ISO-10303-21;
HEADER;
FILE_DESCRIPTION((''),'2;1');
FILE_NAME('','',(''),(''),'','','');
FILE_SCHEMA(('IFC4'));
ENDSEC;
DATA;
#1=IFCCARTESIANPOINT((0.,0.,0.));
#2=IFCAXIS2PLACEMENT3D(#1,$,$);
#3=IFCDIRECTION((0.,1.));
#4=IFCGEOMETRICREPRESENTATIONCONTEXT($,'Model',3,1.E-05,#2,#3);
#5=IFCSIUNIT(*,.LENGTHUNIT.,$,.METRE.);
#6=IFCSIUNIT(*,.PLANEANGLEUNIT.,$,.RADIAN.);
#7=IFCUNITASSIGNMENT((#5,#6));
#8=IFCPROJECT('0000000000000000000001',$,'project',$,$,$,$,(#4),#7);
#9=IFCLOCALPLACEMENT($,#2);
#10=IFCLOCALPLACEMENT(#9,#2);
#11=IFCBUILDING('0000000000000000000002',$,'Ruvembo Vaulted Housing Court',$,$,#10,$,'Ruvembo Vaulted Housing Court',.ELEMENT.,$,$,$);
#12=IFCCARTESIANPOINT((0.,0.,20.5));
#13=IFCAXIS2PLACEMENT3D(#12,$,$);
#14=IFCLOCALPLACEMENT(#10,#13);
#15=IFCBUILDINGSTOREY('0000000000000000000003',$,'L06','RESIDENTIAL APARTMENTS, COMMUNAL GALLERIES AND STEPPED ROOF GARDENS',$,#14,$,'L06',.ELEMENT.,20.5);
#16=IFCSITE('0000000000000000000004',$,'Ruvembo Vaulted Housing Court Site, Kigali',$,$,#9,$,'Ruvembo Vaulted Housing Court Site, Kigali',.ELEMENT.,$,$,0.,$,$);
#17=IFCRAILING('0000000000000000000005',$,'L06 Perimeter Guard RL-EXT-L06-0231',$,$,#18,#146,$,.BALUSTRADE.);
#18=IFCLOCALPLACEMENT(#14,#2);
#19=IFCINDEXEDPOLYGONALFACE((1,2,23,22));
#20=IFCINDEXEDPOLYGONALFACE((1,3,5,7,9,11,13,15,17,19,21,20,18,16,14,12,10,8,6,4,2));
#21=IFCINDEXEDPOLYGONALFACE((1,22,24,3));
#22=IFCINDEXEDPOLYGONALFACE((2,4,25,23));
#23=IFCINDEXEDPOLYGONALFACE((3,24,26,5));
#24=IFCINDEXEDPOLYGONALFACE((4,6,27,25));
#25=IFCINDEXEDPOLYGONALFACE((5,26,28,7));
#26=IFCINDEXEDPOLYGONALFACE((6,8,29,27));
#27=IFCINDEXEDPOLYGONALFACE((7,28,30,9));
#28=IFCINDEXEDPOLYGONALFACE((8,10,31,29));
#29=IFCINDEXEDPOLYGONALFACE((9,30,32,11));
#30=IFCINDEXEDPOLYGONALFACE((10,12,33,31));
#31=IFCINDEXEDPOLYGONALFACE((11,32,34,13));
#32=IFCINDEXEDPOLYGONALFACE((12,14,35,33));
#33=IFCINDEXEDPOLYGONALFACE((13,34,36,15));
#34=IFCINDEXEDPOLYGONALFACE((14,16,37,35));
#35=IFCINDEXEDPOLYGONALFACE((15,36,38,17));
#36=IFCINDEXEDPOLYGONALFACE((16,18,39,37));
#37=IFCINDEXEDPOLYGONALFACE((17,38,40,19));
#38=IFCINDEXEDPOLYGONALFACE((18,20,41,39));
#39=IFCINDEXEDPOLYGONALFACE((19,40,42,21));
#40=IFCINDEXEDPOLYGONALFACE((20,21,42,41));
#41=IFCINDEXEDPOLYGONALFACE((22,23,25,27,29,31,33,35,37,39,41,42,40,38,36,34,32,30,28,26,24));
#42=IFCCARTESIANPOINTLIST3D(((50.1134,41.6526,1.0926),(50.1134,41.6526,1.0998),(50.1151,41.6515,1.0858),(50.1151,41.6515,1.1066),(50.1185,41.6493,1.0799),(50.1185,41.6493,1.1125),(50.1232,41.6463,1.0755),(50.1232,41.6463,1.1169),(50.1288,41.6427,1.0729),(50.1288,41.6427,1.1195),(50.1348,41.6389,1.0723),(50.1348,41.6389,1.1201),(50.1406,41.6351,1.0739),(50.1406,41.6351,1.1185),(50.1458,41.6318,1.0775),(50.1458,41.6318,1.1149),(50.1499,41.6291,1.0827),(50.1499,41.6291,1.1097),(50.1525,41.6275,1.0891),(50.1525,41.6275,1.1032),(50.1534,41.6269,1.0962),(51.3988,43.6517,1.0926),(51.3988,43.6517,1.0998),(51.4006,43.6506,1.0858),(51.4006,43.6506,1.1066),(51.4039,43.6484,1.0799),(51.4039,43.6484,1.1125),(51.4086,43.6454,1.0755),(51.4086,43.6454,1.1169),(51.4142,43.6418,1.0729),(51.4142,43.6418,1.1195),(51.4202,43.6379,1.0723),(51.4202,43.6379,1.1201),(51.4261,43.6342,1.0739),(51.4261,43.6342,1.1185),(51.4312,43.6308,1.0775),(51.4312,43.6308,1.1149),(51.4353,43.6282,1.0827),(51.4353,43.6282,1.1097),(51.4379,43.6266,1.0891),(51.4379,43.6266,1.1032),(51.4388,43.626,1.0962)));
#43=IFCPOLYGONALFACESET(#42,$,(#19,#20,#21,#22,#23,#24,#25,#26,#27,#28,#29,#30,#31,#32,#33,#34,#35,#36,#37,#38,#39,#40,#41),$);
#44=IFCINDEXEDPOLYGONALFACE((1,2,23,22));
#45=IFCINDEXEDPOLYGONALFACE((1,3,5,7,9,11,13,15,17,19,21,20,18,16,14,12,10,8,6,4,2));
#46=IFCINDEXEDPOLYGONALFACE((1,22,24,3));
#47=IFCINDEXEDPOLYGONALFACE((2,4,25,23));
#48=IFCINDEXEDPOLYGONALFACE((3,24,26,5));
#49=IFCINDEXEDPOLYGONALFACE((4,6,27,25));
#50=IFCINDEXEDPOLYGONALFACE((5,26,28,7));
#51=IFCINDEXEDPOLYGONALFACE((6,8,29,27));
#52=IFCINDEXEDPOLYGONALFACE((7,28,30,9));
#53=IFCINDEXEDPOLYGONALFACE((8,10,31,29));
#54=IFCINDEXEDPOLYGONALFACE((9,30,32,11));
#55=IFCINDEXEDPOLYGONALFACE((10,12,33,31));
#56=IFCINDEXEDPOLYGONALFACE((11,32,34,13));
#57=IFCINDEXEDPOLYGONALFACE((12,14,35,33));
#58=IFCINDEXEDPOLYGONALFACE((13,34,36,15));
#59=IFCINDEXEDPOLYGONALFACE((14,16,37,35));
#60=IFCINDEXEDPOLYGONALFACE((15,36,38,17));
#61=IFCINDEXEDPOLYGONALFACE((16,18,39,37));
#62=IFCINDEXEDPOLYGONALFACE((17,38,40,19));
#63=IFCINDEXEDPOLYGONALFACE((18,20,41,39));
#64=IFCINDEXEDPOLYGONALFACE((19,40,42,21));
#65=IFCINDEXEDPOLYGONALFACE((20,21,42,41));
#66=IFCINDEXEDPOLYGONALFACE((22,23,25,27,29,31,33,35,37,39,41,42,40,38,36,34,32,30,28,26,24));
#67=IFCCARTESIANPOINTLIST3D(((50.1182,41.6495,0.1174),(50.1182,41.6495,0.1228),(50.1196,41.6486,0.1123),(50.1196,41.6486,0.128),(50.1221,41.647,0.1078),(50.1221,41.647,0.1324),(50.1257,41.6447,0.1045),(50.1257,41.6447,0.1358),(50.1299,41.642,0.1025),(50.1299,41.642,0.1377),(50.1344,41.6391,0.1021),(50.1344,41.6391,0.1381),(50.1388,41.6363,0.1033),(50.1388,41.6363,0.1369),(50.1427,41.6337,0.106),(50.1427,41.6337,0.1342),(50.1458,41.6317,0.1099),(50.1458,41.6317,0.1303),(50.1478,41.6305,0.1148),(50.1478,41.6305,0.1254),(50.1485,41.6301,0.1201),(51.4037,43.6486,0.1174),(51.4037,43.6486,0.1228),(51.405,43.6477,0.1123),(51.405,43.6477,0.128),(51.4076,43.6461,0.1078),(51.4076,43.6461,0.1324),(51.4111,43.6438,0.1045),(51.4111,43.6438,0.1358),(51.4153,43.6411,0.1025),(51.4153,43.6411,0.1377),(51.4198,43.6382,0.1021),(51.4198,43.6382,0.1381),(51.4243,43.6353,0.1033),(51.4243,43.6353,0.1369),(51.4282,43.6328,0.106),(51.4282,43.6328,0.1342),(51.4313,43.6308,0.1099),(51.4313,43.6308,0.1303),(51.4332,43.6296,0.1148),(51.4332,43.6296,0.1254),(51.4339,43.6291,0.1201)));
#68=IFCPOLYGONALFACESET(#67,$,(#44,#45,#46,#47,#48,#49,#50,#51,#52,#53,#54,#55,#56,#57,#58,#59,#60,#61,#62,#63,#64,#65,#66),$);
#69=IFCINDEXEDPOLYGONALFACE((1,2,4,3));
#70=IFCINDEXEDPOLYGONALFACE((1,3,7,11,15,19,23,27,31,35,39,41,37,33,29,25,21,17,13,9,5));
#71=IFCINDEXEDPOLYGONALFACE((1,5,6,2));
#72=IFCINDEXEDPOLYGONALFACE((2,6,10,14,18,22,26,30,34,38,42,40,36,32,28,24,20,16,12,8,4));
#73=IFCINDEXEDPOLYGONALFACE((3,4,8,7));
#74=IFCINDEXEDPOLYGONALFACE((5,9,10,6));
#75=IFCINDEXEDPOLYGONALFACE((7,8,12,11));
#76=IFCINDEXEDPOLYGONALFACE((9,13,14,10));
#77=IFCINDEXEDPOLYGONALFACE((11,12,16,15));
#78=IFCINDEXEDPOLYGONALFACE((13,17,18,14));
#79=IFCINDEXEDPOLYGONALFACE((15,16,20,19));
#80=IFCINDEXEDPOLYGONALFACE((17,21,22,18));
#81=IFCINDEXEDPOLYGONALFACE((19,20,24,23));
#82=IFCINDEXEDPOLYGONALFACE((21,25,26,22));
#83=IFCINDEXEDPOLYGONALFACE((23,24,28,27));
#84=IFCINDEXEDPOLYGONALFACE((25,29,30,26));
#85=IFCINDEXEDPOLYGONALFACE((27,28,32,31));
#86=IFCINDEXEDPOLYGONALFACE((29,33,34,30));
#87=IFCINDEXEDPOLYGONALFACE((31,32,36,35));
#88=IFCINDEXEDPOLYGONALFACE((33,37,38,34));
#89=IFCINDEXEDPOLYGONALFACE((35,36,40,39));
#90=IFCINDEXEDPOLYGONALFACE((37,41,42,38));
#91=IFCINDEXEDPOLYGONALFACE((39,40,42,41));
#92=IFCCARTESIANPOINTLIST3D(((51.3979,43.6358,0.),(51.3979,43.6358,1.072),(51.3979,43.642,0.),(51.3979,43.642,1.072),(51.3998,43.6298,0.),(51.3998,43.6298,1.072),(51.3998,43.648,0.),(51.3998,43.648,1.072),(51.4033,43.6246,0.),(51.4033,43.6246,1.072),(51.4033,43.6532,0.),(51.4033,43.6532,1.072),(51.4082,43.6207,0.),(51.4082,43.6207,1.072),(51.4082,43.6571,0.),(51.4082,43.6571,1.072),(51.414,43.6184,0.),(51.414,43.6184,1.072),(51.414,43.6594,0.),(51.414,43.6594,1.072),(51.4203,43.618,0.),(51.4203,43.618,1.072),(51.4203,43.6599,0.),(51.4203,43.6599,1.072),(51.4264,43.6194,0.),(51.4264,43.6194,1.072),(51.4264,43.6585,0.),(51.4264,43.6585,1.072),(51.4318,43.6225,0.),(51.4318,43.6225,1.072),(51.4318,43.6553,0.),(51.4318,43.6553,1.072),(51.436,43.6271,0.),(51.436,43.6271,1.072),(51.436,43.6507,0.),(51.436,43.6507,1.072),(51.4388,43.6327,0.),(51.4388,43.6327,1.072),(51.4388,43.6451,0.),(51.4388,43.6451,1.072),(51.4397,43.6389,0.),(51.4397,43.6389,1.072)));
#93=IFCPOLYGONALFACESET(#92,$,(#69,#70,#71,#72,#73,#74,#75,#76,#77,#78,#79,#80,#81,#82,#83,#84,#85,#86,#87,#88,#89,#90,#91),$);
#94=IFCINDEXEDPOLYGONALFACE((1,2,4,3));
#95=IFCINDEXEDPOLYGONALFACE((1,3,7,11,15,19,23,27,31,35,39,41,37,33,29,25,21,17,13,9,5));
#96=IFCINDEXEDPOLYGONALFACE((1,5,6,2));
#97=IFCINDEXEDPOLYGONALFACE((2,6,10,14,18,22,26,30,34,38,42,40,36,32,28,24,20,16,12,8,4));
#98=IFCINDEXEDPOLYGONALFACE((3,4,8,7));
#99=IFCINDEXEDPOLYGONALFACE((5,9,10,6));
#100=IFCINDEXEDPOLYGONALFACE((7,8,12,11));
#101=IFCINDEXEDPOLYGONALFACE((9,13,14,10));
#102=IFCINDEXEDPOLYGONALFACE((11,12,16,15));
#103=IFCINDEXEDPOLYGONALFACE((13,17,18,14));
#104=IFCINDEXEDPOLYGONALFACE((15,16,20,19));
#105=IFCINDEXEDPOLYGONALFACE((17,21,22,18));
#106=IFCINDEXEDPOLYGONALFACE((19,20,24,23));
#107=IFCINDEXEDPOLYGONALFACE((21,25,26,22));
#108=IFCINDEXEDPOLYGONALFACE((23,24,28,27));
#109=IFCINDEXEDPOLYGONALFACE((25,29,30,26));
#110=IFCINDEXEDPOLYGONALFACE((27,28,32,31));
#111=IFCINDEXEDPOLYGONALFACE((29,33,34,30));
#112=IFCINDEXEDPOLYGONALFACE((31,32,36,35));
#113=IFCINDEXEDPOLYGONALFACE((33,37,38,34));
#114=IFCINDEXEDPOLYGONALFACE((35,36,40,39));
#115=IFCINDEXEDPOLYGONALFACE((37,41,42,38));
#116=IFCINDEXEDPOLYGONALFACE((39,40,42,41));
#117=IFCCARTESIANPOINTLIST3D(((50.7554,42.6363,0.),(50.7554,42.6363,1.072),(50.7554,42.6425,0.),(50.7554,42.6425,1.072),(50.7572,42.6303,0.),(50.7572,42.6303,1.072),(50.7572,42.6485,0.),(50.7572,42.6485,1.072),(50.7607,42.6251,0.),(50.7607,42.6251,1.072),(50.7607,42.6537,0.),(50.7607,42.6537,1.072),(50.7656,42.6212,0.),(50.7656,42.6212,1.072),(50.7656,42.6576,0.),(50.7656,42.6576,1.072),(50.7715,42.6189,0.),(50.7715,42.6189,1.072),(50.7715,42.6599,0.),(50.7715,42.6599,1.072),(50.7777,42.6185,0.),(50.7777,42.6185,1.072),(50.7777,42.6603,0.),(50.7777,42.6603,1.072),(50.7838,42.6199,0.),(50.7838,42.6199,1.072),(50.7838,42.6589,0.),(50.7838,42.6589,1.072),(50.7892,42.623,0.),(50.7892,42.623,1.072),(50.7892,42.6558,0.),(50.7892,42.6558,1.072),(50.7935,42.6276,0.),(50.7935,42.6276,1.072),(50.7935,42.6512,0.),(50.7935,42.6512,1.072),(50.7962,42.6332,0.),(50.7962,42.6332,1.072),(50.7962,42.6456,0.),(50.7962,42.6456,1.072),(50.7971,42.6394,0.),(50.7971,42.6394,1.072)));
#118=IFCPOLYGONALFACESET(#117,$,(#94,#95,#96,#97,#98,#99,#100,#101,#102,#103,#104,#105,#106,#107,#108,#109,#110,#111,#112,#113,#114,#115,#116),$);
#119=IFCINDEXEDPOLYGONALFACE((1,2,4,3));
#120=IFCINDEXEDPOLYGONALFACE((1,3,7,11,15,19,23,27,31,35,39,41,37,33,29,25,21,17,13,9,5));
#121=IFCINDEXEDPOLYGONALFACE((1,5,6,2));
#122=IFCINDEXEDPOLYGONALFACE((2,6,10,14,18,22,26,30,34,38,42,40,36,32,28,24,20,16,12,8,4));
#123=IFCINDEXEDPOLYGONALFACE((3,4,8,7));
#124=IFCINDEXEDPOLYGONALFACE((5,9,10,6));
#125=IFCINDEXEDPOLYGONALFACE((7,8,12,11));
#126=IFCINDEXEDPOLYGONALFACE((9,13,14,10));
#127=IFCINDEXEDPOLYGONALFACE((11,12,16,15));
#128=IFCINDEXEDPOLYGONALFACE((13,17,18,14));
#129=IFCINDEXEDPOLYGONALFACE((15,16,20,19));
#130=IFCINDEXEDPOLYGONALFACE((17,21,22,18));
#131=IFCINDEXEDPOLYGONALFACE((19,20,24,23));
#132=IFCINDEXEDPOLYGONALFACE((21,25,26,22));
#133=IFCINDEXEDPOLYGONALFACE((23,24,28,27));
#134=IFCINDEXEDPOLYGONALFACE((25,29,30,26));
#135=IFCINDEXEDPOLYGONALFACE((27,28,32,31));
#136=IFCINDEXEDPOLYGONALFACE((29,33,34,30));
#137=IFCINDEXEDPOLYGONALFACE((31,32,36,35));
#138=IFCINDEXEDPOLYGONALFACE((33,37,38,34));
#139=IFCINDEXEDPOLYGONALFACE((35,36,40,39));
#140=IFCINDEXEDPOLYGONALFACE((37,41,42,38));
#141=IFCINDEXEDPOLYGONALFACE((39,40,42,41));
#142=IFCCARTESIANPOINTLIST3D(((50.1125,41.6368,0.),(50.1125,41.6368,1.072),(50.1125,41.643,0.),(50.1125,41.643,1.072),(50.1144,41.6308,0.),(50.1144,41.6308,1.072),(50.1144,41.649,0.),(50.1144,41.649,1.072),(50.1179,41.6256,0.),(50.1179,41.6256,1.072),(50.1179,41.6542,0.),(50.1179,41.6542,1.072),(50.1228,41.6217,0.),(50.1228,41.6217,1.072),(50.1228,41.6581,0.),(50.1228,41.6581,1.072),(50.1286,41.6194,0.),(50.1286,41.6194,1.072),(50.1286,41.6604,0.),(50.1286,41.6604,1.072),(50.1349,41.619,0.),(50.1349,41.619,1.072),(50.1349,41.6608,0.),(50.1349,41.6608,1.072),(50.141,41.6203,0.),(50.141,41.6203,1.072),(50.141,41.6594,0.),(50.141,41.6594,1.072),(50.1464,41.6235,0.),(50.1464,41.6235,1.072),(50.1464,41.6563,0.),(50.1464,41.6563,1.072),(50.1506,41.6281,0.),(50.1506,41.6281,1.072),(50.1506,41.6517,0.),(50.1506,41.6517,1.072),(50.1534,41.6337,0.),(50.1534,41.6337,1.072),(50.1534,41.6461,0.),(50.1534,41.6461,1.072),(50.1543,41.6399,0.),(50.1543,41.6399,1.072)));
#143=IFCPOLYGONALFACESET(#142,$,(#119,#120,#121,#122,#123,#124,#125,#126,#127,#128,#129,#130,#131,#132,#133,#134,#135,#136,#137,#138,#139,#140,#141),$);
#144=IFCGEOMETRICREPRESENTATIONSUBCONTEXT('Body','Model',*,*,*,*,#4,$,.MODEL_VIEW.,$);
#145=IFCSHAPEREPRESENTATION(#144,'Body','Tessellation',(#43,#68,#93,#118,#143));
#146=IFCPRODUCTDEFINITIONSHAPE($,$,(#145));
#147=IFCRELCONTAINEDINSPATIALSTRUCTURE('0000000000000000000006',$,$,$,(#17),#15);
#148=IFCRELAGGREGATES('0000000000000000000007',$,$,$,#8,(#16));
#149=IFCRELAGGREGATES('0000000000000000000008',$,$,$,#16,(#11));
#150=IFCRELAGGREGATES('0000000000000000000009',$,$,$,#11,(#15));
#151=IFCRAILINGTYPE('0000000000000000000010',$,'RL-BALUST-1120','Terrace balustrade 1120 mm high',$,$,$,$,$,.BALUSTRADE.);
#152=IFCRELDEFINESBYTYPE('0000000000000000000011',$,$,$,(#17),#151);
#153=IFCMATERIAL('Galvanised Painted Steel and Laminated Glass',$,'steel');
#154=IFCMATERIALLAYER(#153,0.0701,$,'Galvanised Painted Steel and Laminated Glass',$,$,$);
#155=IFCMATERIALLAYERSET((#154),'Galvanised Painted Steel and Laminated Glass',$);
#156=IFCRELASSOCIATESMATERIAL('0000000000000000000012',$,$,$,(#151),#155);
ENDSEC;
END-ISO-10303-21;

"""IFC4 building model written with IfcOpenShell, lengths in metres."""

from ifc_helpers import new_model, si_unit, direction, frame, origin, origin_2d, place, context, subcontext, project, spatial, circle, extrude, material, layer, layer_set, type_object, element, save


model = new_model("IFC4")

# Units and contexts
model_context = context("Model", 3, precision=1e-05, world=origin(), true_north=direction((0.0, 1.0)))
body_context = subcontext(model_context, "Body", "Model", "MODEL_VIEW")
ifc_project = project(units=[si_unit("LENGTHUNIT", "METRE"), si_unit("PLANEANGLEUNIT", "RADIAN")], contexts=[model_context])

# Site, building, storey
site_placement = place(None, origin())
site = spatial("IfcSite", under=ifc_project, at=site_placement, Name="Ruvembo Vaulted Housing Court Site, Kigali", LongName="Ruvembo Vaulted Housing Court Site, Kigali", CompositionType="ELEMENT", RefElevation=0.0)
building_placement = place(site_placement, origin())
building = spatial("IfcBuilding", under=site, at=building_placement, Name="Ruvembo Vaulted Housing Court", LongName="Ruvembo Vaulted Housing Court", CompositionType="ELEMENT")
storey_placement = place(building_placement, frame((0.0, 0.0, 20.5)))
storey = spatial("IfcBuildingStorey", under=building, at=storey_placement, Name="L06", Description="RESIDENTIAL APARTMENTS, COMMUNAL GALLERIES AND STEPPED ROOF GARDENS", LongName="L06", CompositionType="ELEMENT", Elevation=20.5)

# Railing
ifc_material_1 = material(Name="Galvanised Painted Steel and Laminated Glass", Category="steel")
ifc_layer = layer(ifc_material_1, 0.0701, Name="Galvanised Painted Steel and Laminated Glass")
ifc_layer_set = layer_set([ifc_layer], Name="Galvanised Painted Steel and Laminated Glass")
railing_type = type_object("IfcRailingType", Name="RL-BALUST-1120", Description="Terrace balustrade 1120 mm high", PredefinedType="BALUSTRADE", material=ifc_layer_set)
railing_1_placement = place(storey_placement, frame((51.4187, 43.6389, 0.0)))
element("IfcRailing", 1, at=railing_1_placement, inside=storey, type_object=railing_type, Name="L06 Perimeter Guard RL-EXT-L06-0231", PredefinedType="BALUSTRADE", context=body_context, shape_type="SweptSolid", body=[
    extrude(circle(Radius=0.0239, at=origin_2d()), frame((0.0, 0.0, 1.0962), z_axis=(-0.540851, -0.841118, 0.0), x_axis=(0.841118, -0.540851, 0.0)), (0.0, 0.0, 1.0), 2.3767),
    extrude(circle(Radius=0.0181, at=origin_2d()), frame((0.0, 0.0, 0.1201), z_axis=(-0.540851, -0.841118, 0.0), x_axis=(0.841118, -0.540851, 0.0)), (0.0, 0.0, 1.0), 2.3767),
    extrude(circle(Radius=0.021, at=origin_2d()), origin(), (0.0, 0.0, 1.0), 1.072),
    extrude(circle(Radius=0.021, at=origin_2d()), frame((-0.6426, -0.9995, 0.0)), (0.0, 0.0, 1.0), 1.072),
    extrude(circle(Radius=0.021, at=origin_2d()), frame((-1.2854, -1.999, 0.0)), (0.0, 0.0, 1.0), 1.072),
])

save(model, "model.ifc")
